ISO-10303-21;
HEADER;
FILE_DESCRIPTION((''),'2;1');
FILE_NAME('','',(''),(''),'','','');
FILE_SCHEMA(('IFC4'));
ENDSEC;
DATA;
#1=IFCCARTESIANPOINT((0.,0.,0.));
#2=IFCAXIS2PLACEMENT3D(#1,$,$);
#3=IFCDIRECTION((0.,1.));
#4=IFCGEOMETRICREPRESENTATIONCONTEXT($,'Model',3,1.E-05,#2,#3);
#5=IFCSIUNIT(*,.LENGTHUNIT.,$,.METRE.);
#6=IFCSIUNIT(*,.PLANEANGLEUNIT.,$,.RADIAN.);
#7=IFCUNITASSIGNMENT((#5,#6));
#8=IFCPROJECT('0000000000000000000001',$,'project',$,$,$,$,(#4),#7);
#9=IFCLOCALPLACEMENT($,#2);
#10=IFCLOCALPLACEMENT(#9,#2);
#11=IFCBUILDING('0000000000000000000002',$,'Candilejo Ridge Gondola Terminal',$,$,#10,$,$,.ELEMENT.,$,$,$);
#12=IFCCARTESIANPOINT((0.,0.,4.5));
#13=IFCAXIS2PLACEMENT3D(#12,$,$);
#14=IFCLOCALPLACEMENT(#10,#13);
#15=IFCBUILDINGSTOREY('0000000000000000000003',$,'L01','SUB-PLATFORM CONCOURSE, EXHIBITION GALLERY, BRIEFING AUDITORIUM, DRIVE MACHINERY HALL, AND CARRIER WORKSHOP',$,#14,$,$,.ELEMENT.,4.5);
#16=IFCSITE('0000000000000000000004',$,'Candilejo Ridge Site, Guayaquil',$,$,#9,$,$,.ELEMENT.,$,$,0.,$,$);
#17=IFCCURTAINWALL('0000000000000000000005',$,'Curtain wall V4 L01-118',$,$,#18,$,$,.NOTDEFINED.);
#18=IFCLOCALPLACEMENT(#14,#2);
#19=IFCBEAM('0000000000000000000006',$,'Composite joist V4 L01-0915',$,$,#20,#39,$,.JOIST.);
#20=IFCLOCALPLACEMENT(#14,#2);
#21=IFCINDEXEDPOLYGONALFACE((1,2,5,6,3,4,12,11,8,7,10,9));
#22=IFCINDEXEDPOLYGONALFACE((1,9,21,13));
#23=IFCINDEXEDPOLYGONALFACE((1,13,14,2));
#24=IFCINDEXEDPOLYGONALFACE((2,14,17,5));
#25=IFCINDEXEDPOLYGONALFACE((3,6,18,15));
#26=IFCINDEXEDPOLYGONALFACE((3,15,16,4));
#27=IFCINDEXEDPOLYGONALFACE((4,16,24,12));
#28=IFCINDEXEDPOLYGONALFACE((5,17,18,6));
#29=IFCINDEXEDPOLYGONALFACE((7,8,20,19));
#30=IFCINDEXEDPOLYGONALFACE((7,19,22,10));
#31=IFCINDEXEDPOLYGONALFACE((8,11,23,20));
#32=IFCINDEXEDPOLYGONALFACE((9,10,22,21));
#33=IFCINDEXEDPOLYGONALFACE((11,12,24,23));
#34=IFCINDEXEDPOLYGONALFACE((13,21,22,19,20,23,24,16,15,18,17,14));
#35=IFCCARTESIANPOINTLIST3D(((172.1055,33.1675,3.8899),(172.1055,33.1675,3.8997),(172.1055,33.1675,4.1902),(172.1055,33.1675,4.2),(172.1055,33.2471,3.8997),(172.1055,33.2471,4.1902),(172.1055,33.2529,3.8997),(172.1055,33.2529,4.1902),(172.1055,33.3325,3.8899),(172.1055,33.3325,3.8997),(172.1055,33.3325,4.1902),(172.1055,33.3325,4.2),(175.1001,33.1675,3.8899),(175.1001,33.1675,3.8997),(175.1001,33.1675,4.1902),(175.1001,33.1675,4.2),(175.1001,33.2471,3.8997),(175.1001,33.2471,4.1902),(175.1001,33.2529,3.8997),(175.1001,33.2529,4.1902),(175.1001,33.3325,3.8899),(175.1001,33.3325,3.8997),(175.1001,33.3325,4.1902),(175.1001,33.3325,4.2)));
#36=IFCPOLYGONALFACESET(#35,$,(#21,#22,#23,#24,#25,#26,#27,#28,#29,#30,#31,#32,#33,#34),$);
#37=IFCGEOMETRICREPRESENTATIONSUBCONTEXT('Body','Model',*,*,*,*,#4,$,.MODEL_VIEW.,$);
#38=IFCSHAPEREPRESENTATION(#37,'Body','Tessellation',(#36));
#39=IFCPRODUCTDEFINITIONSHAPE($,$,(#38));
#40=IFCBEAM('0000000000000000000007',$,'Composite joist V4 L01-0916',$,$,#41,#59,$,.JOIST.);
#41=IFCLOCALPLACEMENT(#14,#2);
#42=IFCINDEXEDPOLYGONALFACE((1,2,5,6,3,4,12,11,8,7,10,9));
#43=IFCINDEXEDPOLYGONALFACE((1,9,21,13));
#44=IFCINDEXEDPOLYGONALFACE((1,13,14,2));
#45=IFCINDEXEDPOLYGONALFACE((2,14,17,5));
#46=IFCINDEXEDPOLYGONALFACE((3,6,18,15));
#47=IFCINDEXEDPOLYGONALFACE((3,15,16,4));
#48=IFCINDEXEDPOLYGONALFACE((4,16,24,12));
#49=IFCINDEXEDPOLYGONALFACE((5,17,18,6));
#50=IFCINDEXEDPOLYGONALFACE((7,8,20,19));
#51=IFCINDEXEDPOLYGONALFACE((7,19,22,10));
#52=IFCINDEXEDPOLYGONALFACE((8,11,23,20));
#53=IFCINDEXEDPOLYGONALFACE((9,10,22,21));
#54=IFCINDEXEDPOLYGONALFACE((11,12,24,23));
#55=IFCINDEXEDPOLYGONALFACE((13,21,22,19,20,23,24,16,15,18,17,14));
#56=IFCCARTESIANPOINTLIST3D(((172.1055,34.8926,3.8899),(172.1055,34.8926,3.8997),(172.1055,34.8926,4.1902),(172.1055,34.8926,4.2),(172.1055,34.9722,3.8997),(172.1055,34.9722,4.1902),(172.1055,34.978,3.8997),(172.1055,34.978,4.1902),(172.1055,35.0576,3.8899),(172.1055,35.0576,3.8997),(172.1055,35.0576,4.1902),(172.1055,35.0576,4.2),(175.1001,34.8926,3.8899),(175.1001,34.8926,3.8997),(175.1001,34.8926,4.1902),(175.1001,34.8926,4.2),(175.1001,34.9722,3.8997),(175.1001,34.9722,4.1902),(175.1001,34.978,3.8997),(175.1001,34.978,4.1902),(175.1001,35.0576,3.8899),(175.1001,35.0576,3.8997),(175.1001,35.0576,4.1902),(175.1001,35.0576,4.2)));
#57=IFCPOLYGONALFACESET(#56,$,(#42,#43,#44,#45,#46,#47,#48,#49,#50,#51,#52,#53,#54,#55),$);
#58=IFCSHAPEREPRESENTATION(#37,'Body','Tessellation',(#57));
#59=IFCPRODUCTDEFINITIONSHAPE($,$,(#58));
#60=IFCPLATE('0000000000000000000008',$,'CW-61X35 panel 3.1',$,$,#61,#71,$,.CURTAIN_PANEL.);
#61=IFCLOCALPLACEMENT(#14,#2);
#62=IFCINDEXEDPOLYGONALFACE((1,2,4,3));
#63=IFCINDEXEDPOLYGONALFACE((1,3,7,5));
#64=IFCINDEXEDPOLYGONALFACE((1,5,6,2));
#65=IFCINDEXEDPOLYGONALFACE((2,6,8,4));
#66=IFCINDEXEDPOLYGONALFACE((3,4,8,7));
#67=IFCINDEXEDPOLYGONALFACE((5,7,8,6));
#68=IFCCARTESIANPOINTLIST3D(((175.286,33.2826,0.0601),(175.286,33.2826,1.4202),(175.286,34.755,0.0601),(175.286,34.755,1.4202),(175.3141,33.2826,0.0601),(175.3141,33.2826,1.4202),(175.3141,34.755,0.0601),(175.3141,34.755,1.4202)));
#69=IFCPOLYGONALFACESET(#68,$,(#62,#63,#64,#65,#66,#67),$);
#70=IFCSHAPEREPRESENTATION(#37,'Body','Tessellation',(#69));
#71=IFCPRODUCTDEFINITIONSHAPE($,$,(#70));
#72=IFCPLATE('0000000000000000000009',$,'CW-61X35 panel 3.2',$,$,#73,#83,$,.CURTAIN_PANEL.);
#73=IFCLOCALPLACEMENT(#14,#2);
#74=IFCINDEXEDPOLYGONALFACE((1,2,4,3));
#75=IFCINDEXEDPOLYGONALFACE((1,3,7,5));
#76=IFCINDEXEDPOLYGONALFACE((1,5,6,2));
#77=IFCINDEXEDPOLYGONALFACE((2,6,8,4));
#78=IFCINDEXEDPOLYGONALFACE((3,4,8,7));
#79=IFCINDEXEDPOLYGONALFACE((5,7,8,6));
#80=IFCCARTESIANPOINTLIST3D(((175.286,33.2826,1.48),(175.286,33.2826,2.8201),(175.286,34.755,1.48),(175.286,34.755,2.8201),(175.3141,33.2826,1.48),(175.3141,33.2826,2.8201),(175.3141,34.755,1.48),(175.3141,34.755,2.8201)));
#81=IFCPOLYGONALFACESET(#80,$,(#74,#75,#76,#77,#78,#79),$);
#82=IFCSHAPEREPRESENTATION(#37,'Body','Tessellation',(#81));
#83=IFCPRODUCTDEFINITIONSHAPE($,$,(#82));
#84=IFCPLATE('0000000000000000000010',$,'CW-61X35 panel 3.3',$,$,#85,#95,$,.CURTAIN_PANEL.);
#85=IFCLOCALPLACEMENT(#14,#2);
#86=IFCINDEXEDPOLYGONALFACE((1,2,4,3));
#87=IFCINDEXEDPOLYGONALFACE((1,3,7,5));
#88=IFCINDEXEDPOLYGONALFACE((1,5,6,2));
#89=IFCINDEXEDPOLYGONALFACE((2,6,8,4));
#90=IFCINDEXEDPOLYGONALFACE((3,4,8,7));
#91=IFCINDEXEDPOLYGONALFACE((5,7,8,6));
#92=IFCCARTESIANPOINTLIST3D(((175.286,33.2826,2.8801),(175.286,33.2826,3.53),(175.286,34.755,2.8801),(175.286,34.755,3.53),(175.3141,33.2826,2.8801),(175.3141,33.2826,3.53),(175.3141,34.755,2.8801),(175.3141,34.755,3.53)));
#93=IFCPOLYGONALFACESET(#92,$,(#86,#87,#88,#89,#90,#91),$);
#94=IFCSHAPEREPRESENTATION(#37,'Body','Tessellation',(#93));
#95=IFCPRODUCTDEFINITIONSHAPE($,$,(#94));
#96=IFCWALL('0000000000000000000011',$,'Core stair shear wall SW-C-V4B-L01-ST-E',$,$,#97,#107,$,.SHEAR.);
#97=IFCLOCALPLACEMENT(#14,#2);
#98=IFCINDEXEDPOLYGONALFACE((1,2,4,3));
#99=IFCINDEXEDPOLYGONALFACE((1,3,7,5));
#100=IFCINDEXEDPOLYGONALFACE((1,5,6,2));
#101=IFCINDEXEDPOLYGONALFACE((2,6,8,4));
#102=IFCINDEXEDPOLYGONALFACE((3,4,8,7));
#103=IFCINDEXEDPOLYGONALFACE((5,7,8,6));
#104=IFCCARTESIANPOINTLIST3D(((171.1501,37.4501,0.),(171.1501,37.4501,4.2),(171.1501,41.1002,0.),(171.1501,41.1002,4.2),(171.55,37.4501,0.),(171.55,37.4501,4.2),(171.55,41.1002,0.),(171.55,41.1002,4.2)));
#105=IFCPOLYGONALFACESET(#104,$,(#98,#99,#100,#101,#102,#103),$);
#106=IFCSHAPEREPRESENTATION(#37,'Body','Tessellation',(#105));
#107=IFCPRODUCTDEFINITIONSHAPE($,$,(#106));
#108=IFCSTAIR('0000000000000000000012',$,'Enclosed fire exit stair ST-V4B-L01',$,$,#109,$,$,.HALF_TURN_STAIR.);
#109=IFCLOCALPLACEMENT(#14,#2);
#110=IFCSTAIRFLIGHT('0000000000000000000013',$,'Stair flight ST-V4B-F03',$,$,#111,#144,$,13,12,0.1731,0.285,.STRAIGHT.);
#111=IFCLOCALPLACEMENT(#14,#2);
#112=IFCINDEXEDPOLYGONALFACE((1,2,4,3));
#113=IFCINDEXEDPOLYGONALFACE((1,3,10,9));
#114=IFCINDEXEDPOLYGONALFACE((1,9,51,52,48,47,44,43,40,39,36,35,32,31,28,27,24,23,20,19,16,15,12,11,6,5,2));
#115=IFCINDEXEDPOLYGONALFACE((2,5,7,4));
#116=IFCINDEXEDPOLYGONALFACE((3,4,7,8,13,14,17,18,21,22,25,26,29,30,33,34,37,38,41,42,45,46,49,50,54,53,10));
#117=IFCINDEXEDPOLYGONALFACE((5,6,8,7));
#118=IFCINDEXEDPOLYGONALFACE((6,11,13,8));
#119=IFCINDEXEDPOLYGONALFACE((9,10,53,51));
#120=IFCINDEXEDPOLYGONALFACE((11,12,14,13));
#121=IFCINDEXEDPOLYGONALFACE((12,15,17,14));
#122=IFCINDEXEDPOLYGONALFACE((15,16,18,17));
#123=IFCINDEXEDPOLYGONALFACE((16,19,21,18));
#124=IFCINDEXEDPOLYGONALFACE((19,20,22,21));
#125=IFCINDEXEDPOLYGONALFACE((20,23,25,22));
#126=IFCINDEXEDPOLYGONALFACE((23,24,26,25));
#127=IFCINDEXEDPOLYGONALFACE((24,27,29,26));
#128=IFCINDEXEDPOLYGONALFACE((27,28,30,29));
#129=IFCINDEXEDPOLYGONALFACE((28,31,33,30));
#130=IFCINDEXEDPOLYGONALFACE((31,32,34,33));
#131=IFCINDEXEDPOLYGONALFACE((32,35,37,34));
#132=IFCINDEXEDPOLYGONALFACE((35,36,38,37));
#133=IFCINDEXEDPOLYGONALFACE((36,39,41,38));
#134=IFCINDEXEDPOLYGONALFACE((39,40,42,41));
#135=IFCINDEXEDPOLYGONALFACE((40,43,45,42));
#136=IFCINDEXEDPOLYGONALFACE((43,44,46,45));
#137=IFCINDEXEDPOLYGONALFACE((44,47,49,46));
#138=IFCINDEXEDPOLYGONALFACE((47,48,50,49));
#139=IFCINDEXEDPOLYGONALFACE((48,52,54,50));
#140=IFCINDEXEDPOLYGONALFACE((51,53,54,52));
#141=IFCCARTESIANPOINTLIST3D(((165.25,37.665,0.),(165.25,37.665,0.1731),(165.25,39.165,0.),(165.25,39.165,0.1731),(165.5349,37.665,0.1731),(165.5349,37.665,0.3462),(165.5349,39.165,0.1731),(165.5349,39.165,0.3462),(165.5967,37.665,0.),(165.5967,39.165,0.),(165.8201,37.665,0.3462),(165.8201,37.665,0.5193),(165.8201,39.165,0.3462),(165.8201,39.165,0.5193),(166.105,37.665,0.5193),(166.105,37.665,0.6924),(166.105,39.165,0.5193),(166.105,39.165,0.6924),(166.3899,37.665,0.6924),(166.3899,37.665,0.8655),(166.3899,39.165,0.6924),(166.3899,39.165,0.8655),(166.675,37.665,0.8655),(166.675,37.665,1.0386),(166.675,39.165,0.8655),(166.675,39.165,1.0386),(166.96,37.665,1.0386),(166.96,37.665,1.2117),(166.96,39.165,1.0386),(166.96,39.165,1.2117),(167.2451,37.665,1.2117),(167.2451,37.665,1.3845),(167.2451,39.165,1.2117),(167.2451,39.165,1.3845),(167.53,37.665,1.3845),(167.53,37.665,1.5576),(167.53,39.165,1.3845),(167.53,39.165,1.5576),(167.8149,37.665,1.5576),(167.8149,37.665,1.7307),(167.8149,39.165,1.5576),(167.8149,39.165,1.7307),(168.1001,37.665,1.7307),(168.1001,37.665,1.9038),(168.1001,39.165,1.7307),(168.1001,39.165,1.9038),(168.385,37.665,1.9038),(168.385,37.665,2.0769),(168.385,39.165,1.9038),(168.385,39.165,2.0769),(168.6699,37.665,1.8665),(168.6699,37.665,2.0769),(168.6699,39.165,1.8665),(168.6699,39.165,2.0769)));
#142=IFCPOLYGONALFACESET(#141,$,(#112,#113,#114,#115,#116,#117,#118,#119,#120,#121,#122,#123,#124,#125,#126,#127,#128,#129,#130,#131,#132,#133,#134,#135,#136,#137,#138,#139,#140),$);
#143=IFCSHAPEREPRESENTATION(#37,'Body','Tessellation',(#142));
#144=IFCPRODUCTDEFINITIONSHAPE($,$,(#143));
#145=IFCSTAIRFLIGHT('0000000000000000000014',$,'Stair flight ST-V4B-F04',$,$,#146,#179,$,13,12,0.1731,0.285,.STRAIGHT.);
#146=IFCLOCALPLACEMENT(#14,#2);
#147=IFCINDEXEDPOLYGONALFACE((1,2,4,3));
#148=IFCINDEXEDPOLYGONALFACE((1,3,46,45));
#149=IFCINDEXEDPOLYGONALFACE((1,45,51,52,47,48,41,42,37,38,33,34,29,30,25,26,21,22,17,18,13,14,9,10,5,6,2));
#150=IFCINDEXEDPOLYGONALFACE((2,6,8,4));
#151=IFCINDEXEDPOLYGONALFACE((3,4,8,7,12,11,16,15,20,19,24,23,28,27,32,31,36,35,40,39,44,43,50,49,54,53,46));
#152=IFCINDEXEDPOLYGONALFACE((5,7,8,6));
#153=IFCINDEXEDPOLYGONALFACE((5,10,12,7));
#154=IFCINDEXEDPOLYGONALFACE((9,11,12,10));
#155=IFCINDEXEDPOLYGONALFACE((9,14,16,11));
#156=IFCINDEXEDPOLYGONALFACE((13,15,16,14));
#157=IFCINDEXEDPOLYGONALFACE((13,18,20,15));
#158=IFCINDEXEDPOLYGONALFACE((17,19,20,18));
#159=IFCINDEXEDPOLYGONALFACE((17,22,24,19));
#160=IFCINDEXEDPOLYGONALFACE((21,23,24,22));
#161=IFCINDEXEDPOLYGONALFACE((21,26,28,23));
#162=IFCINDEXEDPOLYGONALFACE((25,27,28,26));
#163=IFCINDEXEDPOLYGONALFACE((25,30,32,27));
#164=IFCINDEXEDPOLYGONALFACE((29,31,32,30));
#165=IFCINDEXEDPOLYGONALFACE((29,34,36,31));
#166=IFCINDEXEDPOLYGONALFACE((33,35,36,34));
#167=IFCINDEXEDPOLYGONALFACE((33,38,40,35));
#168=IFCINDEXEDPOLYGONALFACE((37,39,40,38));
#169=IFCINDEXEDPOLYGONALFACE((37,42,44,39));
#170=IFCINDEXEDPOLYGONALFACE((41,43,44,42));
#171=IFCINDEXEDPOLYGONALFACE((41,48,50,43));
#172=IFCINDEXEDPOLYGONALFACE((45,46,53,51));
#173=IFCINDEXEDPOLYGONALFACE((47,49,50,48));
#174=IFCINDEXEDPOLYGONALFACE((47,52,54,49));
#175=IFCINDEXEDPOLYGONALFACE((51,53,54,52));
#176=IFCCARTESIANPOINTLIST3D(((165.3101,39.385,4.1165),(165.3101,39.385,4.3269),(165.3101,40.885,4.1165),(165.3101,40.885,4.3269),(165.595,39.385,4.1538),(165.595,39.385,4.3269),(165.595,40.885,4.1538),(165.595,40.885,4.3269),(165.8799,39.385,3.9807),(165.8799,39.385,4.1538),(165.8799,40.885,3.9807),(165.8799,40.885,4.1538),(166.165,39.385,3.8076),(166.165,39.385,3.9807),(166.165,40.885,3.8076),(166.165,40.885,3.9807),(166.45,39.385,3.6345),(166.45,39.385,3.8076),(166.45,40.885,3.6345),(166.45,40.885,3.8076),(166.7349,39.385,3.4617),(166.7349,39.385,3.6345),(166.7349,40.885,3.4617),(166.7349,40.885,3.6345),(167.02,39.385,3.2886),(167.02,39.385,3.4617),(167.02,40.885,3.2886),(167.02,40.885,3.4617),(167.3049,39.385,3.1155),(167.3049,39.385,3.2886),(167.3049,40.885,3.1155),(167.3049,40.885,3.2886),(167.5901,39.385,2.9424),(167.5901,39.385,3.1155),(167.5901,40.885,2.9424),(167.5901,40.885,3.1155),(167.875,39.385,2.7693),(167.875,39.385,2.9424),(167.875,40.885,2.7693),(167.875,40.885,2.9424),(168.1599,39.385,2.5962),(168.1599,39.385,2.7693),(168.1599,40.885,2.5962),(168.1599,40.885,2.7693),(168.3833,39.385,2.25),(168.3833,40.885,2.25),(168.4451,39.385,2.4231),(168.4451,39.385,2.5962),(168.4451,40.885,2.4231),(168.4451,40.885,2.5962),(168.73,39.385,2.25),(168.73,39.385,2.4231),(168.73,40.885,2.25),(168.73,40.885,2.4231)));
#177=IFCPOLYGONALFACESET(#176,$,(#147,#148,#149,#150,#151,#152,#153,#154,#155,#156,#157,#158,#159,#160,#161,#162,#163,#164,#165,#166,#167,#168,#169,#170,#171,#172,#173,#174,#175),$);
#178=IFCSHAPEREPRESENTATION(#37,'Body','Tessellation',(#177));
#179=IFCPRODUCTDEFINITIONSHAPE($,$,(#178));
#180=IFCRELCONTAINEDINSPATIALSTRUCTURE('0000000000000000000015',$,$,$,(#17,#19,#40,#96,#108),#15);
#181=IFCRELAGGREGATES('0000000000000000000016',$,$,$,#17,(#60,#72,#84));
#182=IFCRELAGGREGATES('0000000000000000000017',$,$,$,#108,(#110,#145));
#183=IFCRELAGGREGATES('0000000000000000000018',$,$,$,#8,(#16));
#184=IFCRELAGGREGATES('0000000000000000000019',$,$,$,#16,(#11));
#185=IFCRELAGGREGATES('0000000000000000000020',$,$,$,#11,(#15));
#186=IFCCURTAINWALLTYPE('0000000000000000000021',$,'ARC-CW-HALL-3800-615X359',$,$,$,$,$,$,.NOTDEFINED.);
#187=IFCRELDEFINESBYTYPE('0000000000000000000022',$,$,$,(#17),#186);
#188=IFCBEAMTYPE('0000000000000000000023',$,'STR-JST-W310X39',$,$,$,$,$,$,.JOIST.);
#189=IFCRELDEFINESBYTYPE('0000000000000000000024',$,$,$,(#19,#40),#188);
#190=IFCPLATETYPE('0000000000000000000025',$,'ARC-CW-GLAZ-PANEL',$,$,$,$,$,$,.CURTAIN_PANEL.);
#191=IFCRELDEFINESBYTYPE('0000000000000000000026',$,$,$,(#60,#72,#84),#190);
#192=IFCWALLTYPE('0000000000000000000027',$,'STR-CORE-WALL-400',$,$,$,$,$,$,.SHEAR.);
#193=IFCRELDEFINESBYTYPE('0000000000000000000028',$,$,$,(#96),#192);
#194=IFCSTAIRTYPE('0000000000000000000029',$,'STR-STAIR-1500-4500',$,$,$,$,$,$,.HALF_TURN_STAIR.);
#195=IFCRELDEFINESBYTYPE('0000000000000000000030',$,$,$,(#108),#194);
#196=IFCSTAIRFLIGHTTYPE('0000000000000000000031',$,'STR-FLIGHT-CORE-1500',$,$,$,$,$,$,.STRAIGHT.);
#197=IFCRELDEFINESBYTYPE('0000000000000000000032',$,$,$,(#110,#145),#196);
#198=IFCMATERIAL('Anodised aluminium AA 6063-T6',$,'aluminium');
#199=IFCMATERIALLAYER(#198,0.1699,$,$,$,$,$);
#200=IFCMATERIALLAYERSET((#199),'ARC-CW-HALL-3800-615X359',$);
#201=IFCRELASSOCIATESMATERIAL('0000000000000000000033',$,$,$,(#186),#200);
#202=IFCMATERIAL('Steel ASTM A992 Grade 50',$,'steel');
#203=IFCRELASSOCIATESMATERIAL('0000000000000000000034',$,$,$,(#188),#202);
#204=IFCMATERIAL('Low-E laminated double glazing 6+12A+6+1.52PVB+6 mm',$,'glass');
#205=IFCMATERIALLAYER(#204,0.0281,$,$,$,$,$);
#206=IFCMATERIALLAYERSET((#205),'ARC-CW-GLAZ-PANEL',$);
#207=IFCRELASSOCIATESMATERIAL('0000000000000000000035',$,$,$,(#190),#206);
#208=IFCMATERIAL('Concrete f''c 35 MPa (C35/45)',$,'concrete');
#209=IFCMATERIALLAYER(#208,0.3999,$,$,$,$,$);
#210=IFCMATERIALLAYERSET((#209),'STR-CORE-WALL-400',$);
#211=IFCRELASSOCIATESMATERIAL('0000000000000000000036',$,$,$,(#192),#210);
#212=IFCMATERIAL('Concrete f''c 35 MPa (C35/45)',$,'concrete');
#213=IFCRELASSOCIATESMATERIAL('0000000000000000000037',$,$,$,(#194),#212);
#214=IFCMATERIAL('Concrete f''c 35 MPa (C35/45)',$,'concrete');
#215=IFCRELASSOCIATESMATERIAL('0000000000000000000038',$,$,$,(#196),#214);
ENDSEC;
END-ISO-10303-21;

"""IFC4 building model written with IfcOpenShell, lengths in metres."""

from ifc_helpers import new_model, si_unit, direction, frame, frame_2d, origin, origin_2d, place, context, subcontext, project, spatial, polyline, rectangle, i_section, outline, extrude, material, layer, layer_set, material_profile, profile_set, type_object, element, aggregate, save


model = new_model("IFC4")

# Units and contexts
model_context = context("Model", 3, precision=1e-05, world=origin(), true_north=direction((0.0, 1.0)))
body_context = subcontext(model_context, "Body", "Model", "MODEL_VIEW")
ifc_project = project(units=[si_unit("LENGTHUNIT", "METRE"), si_unit("PLANEANGLEUNIT", "RADIAN")], contexts=[model_context])

# Site, building, storey
site_placement = place(None, origin())
site = spatial("IfcSite", under=ifc_project, at=site_placement, Name="Candilejo Ridge Site, Guayaquil", CompositionType="ELEMENT", RefElevation=0.0)
building_placement = place(site_placement, origin())
building = spatial("IfcBuilding", under=site, at=building_placement, Name="Candilejo Ridge Gondola Terminal", CompositionType="ELEMENT")
storey_placement = place(building_placement, frame((0.0, 0.0, 4.5)))
storey = spatial("IfcBuildingStorey", under=building, at=storey_placement, Name="L01", Description="SUB-PLATFORM CONCOURSE, EXHIBITION GALLERY, BRIEFING AUDITORIUM, DRIVE MACHINERY HALL, AND CARRIER WORKSHOP", CompositionType="ELEMENT", Elevation=4.5)

# Curtain wall
ifc_material_1 = material(Name="Anodised aluminium AA 6063-T6", Category="aluminium")
ifc_layer_1 = layer(ifc_material_1, 0.1699)
ifc_layer_set_1 = layer_set([ifc_layer_1], Name="ARC-CW-HALL-3800-615X359")
curtain_wall_type = type_object("IfcCurtainWallType", Name="ARC-CW-HALL-3800-615X359", PredefinedType="NOTDEFINED", material=ifc_layer_set_1)
curtain_wall_placement = place(storey_placement, origin())
curtain_wall = element("IfcCurtainWall", 1, at=curtain_wall_placement, inside=storey, type_object=curtain_wall_type, Name="Curtain wall V4 L01-118", PredefinedType="NOTDEFINED")

# Beams
ifc_material_2 = material(Name="Steel ASTM A992 Grade 50", Category="steel")
ifc_material_profile_1 = material_profile(ifc_material_2, i_section(OverallWidth=0.165, OverallDepth=0.3101, WebThickness=0.0059, FlangeThickness=0.0098, at=origin_2d()))
ifc_profile_set_1 = profile_set([ifc_material_profile_1], Name="Steel ASTM A992 Grade 50")
beam_type_1 = type_object("IfcBeamType", Name="STR-JST-W310X39", PredefinedType="JOIST", material=ifc_profile_set_1)
for number, where, z_axis, x_axis, name in (
    (2, (172.1055, 33.25, 4.0449), (1.0, 0.0, 0.0), (0.0, 1.0, 0.0), "Composite joist V4 L01-0915"),
    (3, (172.1055, 34.9751, 4.0449), (1.0, 0.0, 0.0), (0.0, 1.0, 0.0), "Composite joist V4 L01-0916"),
):
    element("IfcBeam", number, at=place(storey_placement, frame(where, z_axis=z_axis, x_axis=x_axis)), inside=storey, type_object=beam_type_1, Name=name, PredefinedType="JOIST", context=body_context, shape_type="SweptSolid", body=[
        extrude(i_section(OverallWidth=0.165, OverallDepth=0.3101, WebThickness=0.0059, FlangeThickness=0.0098, at=origin_2d()), origin(), (0.0, 0.0, 1.0), 2.9946),
    ])

# Plates
ifc_material_3 = material(Name="Low-E laminated double glazing 6+12A+6+1.52PVB+6 mm", Category="glass")
ifc_layer_2 = layer(ifc_material_3, 0.0281)
ifc_layer_set_2 = layer_set([ifc_layer_2], Name="ARC-CW-GLAZ-PANEL")
plate_type = type_object("IfcPlateType", Name="ARC-CW-GLAZ-PANEL", PredefinedType="CURTAIN_PANEL", material=ifc_layer_set_2)
plate_1_placement = place(storey_placement, frame((175.3, 34.0188, 0.0601), z_axis=(0.0, 0.0, 1.0), x_axis=(0.0, 1.0, 0.0)))
plate_1 = element("IfcPlate", 4, at=plate_1_placement, type_object=plate_type, Name="CW-61X35 panel 3.1", PredefinedType="CURTAIN_PANEL", context=body_context, shape_type="SweptSolid", body=[
    extrude(rectangle(XDim=1.4724, YDim=0.0281, at=origin_2d()), origin(), (0.0, 0.0, 1.0), 1.3601),
])
plate_2_placement = place(storey_placement, frame((175.3, 34.0188, 1.48), z_axis=(0.0, 0.0, 1.0), x_axis=(0.0, 1.0, 0.0)))
plate_2 = element("IfcPlate", 5, at=plate_2_placement, type_object=plate_type, Name="CW-61X35 panel 3.2", PredefinedType="CURTAIN_PANEL", context=body_context, shape_type="SweptSolid", body=[
    extrude(rectangle(XDim=1.4724, YDim=0.0281, at=origin_2d()), origin(), (0.0, 0.0, 1.0), 1.3401),
])
plate_3_placement = place(storey_placement, frame((175.3, 34.0188, 2.8801), z_axis=(0.0, 0.0, 1.0), x_axis=(0.0, 1.0, 0.0)))
plate_3 = element("IfcPlate", 6, at=plate_3_placement, type_object=plate_type, Name="CW-61X35 panel 3.3", PredefinedType="CURTAIN_PANEL", context=body_context, shape_type="SweptSolid", body=[
    extrude(rectangle(XDim=1.4724, YDim=0.0281, at=origin_2d()), origin(), (0.0, 0.0, 1.0), 0.6499),
])
aggregate(curtain_wall, [plate_1, plate_2, plate_3])

# Wall
ifc_material_4 = material(Name="Concrete f'c 35 MPa (C35/45)", Category="concrete")
ifc_layer_3 = layer(ifc_material_4, 0.3999)
ifc_layer_set_3 = layer_set([ifc_layer_3], Name="STR-CORE-WALL-400")
wall_type = type_object("IfcWallType", Name="STR-CORE-WALL-400", PredefinedType="SHEAR", material=ifc_layer_set_3)
wall_placement = place(storey_placement, frame((171.3501, 37.45, 0.0), z_axis=(0.0, 0.0, 1.0), x_axis=(0.0, 1.0, 0.0)))
element("IfcWall", 7, at=wall_placement, inside=storey, type_object=wall_type, Name="Core stair shear wall SW-C-V4B-L01-ST-E", PredefinedType="SHEAR", context=body_context, shape_type="SweptSolid", body=[
    extrude(rectangle(XDim=3.6501, YDim=0.3999, at=frame_2d((1.8252, 0.0))), origin(), (0.0, 0.0, 1.0), 4.2),
])

# Stair, stair flights
ifc_material_5 = material(Name="Concrete f'c 35 MPa (C35/45)", Category="concrete")
stair_type = type_object("IfcStairType", Name="STR-STAIR-1500-4500", PredefinedType="HALF_TURN_STAIR", material=ifc_material_5)
stair_placement = place(storey_placement, origin())
stair = element("IfcStair", 8, at=stair_placement, inside=storey, type_object=stair_type, Name="Enclosed fire exit stair ST-V4B-L01", PredefinedType="HALF_TURN_STAIR")
ifc_material_6 = material(Name="Concrete f'c 35 MPa (C35/45)", Category="concrete")
stair_flight_type = type_object("IfcStairFlightType", Name="STR-FLIGHT-CORE-1500", PredefinedType="STRAIGHT", material=ifc_material_6)
stair_flight_1_placement = place(storey_placement, frame((165.25, 38.415, 0.0), z_axis=(0.0, 0.0, 1.0), x_axis=(1.0, 0.0, 0.0)))
stair_flight_1 = element("IfcStairFlight", 9, at=stair_flight_1_placement, type_object=stair_flight_type, Name="Stair flight ST-V4B-F03", NumberOfRisers=13, NumberOfTreads=12, PredefinedType="STRAIGHT", RiserHeight=0.1731, TreadLength=0.285, context=body_context, shape_type="SweptSolid", body=[
    extrude(outline(polyline([(0.0, 0.0), (0.0, 0.1731), (0.2849, 0.1731), (0.2849, 0.3462), (0.5701, 0.3462), (0.5701, 0.5193), (0.855, 0.5193), (0.855, 0.6924), (1.1399, 0.6924), (1.1399, 0.8655), (1.425, 0.8655), (1.425, 1.0386), (1.71, 1.0386), (1.71, 1.2117), (1.9951, 1.2117), (1.9951, 1.3845), (2.28, 1.3845), (2.28, 1.5576), (2.5649, 1.5576), (2.5649, 1.7307), (2.8501, 1.7307), (2.8501, 1.9038), (3.135, 1.9038), (3.135, 2.0769), (3.4199, 2.0769), (3.4199, 2.25), (3.4199, 1.8665), (0.3467, 0.0), (0.0, 0.0)])), frame((0.0, 0.75, 0.0), z_axis=(0.0, -1.0, 0.0), x_axis=(1.0, 0.0, 0.0)), (0.0, 0.0, 1.0), 1.5),
])
stair_flight_2_placement = place(storey_placement, frame((168.73, 40.135, 2.25), z_axis=(0.0, 0.0, 1.0), x_axis=(-1.0, 0.0, 0.0)))
stair_flight_2 = element("IfcStairFlight", 10, at=stair_flight_2_placement, type_object=stair_flight_type, Name="Stair flight ST-V4B-F04", NumberOfRisers=13, NumberOfTreads=12, PredefinedType="STRAIGHT", RiserHeight=0.1731, TreadLength=0.285, context=body_context, shape_type="SweptSolid", body=[
    extrude(outline(polyline([(0.0, 0.0), (0.0, 0.1731), (0.2849, 0.1731), (0.2849, 0.3462), (0.5701, 0.3462), (0.5701, 0.5193), (0.855, 0.5193), (0.855, 0.6924), (1.1399, 0.6924), (1.1399, 0.8655), (1.425, 0.8655), (1.425, 1.0386), (1.71, 1.0386), (1.71, 1.2117), (1.9951, 1.2117), (1.9951, 1.3845), (2.28, 1.3845), (2.28, 1.5576), (2.5649, 1.5576), (2.5649, 1.7307), (2.8501, 1.7307), (2.8501, 1.9038), (3.135, 1.9038), (3.135, 2.0769), (3.4199, 2.0769), (3.4199, 2.25), (3.4199, 1.8665), (0.3467, 0.0), (0.0, 0.0)])), frame((0.0, 0.75, 0.0), z_axis=(0.0, -1.0, 0.0), x_axis=(1.0, 0.0, 0.0)), (0.0, 0.0, 1.0), 1.5),
])
aggregate(stair, [stair_flight_1, stair_flight_2])

save(model, "model.ifc")
